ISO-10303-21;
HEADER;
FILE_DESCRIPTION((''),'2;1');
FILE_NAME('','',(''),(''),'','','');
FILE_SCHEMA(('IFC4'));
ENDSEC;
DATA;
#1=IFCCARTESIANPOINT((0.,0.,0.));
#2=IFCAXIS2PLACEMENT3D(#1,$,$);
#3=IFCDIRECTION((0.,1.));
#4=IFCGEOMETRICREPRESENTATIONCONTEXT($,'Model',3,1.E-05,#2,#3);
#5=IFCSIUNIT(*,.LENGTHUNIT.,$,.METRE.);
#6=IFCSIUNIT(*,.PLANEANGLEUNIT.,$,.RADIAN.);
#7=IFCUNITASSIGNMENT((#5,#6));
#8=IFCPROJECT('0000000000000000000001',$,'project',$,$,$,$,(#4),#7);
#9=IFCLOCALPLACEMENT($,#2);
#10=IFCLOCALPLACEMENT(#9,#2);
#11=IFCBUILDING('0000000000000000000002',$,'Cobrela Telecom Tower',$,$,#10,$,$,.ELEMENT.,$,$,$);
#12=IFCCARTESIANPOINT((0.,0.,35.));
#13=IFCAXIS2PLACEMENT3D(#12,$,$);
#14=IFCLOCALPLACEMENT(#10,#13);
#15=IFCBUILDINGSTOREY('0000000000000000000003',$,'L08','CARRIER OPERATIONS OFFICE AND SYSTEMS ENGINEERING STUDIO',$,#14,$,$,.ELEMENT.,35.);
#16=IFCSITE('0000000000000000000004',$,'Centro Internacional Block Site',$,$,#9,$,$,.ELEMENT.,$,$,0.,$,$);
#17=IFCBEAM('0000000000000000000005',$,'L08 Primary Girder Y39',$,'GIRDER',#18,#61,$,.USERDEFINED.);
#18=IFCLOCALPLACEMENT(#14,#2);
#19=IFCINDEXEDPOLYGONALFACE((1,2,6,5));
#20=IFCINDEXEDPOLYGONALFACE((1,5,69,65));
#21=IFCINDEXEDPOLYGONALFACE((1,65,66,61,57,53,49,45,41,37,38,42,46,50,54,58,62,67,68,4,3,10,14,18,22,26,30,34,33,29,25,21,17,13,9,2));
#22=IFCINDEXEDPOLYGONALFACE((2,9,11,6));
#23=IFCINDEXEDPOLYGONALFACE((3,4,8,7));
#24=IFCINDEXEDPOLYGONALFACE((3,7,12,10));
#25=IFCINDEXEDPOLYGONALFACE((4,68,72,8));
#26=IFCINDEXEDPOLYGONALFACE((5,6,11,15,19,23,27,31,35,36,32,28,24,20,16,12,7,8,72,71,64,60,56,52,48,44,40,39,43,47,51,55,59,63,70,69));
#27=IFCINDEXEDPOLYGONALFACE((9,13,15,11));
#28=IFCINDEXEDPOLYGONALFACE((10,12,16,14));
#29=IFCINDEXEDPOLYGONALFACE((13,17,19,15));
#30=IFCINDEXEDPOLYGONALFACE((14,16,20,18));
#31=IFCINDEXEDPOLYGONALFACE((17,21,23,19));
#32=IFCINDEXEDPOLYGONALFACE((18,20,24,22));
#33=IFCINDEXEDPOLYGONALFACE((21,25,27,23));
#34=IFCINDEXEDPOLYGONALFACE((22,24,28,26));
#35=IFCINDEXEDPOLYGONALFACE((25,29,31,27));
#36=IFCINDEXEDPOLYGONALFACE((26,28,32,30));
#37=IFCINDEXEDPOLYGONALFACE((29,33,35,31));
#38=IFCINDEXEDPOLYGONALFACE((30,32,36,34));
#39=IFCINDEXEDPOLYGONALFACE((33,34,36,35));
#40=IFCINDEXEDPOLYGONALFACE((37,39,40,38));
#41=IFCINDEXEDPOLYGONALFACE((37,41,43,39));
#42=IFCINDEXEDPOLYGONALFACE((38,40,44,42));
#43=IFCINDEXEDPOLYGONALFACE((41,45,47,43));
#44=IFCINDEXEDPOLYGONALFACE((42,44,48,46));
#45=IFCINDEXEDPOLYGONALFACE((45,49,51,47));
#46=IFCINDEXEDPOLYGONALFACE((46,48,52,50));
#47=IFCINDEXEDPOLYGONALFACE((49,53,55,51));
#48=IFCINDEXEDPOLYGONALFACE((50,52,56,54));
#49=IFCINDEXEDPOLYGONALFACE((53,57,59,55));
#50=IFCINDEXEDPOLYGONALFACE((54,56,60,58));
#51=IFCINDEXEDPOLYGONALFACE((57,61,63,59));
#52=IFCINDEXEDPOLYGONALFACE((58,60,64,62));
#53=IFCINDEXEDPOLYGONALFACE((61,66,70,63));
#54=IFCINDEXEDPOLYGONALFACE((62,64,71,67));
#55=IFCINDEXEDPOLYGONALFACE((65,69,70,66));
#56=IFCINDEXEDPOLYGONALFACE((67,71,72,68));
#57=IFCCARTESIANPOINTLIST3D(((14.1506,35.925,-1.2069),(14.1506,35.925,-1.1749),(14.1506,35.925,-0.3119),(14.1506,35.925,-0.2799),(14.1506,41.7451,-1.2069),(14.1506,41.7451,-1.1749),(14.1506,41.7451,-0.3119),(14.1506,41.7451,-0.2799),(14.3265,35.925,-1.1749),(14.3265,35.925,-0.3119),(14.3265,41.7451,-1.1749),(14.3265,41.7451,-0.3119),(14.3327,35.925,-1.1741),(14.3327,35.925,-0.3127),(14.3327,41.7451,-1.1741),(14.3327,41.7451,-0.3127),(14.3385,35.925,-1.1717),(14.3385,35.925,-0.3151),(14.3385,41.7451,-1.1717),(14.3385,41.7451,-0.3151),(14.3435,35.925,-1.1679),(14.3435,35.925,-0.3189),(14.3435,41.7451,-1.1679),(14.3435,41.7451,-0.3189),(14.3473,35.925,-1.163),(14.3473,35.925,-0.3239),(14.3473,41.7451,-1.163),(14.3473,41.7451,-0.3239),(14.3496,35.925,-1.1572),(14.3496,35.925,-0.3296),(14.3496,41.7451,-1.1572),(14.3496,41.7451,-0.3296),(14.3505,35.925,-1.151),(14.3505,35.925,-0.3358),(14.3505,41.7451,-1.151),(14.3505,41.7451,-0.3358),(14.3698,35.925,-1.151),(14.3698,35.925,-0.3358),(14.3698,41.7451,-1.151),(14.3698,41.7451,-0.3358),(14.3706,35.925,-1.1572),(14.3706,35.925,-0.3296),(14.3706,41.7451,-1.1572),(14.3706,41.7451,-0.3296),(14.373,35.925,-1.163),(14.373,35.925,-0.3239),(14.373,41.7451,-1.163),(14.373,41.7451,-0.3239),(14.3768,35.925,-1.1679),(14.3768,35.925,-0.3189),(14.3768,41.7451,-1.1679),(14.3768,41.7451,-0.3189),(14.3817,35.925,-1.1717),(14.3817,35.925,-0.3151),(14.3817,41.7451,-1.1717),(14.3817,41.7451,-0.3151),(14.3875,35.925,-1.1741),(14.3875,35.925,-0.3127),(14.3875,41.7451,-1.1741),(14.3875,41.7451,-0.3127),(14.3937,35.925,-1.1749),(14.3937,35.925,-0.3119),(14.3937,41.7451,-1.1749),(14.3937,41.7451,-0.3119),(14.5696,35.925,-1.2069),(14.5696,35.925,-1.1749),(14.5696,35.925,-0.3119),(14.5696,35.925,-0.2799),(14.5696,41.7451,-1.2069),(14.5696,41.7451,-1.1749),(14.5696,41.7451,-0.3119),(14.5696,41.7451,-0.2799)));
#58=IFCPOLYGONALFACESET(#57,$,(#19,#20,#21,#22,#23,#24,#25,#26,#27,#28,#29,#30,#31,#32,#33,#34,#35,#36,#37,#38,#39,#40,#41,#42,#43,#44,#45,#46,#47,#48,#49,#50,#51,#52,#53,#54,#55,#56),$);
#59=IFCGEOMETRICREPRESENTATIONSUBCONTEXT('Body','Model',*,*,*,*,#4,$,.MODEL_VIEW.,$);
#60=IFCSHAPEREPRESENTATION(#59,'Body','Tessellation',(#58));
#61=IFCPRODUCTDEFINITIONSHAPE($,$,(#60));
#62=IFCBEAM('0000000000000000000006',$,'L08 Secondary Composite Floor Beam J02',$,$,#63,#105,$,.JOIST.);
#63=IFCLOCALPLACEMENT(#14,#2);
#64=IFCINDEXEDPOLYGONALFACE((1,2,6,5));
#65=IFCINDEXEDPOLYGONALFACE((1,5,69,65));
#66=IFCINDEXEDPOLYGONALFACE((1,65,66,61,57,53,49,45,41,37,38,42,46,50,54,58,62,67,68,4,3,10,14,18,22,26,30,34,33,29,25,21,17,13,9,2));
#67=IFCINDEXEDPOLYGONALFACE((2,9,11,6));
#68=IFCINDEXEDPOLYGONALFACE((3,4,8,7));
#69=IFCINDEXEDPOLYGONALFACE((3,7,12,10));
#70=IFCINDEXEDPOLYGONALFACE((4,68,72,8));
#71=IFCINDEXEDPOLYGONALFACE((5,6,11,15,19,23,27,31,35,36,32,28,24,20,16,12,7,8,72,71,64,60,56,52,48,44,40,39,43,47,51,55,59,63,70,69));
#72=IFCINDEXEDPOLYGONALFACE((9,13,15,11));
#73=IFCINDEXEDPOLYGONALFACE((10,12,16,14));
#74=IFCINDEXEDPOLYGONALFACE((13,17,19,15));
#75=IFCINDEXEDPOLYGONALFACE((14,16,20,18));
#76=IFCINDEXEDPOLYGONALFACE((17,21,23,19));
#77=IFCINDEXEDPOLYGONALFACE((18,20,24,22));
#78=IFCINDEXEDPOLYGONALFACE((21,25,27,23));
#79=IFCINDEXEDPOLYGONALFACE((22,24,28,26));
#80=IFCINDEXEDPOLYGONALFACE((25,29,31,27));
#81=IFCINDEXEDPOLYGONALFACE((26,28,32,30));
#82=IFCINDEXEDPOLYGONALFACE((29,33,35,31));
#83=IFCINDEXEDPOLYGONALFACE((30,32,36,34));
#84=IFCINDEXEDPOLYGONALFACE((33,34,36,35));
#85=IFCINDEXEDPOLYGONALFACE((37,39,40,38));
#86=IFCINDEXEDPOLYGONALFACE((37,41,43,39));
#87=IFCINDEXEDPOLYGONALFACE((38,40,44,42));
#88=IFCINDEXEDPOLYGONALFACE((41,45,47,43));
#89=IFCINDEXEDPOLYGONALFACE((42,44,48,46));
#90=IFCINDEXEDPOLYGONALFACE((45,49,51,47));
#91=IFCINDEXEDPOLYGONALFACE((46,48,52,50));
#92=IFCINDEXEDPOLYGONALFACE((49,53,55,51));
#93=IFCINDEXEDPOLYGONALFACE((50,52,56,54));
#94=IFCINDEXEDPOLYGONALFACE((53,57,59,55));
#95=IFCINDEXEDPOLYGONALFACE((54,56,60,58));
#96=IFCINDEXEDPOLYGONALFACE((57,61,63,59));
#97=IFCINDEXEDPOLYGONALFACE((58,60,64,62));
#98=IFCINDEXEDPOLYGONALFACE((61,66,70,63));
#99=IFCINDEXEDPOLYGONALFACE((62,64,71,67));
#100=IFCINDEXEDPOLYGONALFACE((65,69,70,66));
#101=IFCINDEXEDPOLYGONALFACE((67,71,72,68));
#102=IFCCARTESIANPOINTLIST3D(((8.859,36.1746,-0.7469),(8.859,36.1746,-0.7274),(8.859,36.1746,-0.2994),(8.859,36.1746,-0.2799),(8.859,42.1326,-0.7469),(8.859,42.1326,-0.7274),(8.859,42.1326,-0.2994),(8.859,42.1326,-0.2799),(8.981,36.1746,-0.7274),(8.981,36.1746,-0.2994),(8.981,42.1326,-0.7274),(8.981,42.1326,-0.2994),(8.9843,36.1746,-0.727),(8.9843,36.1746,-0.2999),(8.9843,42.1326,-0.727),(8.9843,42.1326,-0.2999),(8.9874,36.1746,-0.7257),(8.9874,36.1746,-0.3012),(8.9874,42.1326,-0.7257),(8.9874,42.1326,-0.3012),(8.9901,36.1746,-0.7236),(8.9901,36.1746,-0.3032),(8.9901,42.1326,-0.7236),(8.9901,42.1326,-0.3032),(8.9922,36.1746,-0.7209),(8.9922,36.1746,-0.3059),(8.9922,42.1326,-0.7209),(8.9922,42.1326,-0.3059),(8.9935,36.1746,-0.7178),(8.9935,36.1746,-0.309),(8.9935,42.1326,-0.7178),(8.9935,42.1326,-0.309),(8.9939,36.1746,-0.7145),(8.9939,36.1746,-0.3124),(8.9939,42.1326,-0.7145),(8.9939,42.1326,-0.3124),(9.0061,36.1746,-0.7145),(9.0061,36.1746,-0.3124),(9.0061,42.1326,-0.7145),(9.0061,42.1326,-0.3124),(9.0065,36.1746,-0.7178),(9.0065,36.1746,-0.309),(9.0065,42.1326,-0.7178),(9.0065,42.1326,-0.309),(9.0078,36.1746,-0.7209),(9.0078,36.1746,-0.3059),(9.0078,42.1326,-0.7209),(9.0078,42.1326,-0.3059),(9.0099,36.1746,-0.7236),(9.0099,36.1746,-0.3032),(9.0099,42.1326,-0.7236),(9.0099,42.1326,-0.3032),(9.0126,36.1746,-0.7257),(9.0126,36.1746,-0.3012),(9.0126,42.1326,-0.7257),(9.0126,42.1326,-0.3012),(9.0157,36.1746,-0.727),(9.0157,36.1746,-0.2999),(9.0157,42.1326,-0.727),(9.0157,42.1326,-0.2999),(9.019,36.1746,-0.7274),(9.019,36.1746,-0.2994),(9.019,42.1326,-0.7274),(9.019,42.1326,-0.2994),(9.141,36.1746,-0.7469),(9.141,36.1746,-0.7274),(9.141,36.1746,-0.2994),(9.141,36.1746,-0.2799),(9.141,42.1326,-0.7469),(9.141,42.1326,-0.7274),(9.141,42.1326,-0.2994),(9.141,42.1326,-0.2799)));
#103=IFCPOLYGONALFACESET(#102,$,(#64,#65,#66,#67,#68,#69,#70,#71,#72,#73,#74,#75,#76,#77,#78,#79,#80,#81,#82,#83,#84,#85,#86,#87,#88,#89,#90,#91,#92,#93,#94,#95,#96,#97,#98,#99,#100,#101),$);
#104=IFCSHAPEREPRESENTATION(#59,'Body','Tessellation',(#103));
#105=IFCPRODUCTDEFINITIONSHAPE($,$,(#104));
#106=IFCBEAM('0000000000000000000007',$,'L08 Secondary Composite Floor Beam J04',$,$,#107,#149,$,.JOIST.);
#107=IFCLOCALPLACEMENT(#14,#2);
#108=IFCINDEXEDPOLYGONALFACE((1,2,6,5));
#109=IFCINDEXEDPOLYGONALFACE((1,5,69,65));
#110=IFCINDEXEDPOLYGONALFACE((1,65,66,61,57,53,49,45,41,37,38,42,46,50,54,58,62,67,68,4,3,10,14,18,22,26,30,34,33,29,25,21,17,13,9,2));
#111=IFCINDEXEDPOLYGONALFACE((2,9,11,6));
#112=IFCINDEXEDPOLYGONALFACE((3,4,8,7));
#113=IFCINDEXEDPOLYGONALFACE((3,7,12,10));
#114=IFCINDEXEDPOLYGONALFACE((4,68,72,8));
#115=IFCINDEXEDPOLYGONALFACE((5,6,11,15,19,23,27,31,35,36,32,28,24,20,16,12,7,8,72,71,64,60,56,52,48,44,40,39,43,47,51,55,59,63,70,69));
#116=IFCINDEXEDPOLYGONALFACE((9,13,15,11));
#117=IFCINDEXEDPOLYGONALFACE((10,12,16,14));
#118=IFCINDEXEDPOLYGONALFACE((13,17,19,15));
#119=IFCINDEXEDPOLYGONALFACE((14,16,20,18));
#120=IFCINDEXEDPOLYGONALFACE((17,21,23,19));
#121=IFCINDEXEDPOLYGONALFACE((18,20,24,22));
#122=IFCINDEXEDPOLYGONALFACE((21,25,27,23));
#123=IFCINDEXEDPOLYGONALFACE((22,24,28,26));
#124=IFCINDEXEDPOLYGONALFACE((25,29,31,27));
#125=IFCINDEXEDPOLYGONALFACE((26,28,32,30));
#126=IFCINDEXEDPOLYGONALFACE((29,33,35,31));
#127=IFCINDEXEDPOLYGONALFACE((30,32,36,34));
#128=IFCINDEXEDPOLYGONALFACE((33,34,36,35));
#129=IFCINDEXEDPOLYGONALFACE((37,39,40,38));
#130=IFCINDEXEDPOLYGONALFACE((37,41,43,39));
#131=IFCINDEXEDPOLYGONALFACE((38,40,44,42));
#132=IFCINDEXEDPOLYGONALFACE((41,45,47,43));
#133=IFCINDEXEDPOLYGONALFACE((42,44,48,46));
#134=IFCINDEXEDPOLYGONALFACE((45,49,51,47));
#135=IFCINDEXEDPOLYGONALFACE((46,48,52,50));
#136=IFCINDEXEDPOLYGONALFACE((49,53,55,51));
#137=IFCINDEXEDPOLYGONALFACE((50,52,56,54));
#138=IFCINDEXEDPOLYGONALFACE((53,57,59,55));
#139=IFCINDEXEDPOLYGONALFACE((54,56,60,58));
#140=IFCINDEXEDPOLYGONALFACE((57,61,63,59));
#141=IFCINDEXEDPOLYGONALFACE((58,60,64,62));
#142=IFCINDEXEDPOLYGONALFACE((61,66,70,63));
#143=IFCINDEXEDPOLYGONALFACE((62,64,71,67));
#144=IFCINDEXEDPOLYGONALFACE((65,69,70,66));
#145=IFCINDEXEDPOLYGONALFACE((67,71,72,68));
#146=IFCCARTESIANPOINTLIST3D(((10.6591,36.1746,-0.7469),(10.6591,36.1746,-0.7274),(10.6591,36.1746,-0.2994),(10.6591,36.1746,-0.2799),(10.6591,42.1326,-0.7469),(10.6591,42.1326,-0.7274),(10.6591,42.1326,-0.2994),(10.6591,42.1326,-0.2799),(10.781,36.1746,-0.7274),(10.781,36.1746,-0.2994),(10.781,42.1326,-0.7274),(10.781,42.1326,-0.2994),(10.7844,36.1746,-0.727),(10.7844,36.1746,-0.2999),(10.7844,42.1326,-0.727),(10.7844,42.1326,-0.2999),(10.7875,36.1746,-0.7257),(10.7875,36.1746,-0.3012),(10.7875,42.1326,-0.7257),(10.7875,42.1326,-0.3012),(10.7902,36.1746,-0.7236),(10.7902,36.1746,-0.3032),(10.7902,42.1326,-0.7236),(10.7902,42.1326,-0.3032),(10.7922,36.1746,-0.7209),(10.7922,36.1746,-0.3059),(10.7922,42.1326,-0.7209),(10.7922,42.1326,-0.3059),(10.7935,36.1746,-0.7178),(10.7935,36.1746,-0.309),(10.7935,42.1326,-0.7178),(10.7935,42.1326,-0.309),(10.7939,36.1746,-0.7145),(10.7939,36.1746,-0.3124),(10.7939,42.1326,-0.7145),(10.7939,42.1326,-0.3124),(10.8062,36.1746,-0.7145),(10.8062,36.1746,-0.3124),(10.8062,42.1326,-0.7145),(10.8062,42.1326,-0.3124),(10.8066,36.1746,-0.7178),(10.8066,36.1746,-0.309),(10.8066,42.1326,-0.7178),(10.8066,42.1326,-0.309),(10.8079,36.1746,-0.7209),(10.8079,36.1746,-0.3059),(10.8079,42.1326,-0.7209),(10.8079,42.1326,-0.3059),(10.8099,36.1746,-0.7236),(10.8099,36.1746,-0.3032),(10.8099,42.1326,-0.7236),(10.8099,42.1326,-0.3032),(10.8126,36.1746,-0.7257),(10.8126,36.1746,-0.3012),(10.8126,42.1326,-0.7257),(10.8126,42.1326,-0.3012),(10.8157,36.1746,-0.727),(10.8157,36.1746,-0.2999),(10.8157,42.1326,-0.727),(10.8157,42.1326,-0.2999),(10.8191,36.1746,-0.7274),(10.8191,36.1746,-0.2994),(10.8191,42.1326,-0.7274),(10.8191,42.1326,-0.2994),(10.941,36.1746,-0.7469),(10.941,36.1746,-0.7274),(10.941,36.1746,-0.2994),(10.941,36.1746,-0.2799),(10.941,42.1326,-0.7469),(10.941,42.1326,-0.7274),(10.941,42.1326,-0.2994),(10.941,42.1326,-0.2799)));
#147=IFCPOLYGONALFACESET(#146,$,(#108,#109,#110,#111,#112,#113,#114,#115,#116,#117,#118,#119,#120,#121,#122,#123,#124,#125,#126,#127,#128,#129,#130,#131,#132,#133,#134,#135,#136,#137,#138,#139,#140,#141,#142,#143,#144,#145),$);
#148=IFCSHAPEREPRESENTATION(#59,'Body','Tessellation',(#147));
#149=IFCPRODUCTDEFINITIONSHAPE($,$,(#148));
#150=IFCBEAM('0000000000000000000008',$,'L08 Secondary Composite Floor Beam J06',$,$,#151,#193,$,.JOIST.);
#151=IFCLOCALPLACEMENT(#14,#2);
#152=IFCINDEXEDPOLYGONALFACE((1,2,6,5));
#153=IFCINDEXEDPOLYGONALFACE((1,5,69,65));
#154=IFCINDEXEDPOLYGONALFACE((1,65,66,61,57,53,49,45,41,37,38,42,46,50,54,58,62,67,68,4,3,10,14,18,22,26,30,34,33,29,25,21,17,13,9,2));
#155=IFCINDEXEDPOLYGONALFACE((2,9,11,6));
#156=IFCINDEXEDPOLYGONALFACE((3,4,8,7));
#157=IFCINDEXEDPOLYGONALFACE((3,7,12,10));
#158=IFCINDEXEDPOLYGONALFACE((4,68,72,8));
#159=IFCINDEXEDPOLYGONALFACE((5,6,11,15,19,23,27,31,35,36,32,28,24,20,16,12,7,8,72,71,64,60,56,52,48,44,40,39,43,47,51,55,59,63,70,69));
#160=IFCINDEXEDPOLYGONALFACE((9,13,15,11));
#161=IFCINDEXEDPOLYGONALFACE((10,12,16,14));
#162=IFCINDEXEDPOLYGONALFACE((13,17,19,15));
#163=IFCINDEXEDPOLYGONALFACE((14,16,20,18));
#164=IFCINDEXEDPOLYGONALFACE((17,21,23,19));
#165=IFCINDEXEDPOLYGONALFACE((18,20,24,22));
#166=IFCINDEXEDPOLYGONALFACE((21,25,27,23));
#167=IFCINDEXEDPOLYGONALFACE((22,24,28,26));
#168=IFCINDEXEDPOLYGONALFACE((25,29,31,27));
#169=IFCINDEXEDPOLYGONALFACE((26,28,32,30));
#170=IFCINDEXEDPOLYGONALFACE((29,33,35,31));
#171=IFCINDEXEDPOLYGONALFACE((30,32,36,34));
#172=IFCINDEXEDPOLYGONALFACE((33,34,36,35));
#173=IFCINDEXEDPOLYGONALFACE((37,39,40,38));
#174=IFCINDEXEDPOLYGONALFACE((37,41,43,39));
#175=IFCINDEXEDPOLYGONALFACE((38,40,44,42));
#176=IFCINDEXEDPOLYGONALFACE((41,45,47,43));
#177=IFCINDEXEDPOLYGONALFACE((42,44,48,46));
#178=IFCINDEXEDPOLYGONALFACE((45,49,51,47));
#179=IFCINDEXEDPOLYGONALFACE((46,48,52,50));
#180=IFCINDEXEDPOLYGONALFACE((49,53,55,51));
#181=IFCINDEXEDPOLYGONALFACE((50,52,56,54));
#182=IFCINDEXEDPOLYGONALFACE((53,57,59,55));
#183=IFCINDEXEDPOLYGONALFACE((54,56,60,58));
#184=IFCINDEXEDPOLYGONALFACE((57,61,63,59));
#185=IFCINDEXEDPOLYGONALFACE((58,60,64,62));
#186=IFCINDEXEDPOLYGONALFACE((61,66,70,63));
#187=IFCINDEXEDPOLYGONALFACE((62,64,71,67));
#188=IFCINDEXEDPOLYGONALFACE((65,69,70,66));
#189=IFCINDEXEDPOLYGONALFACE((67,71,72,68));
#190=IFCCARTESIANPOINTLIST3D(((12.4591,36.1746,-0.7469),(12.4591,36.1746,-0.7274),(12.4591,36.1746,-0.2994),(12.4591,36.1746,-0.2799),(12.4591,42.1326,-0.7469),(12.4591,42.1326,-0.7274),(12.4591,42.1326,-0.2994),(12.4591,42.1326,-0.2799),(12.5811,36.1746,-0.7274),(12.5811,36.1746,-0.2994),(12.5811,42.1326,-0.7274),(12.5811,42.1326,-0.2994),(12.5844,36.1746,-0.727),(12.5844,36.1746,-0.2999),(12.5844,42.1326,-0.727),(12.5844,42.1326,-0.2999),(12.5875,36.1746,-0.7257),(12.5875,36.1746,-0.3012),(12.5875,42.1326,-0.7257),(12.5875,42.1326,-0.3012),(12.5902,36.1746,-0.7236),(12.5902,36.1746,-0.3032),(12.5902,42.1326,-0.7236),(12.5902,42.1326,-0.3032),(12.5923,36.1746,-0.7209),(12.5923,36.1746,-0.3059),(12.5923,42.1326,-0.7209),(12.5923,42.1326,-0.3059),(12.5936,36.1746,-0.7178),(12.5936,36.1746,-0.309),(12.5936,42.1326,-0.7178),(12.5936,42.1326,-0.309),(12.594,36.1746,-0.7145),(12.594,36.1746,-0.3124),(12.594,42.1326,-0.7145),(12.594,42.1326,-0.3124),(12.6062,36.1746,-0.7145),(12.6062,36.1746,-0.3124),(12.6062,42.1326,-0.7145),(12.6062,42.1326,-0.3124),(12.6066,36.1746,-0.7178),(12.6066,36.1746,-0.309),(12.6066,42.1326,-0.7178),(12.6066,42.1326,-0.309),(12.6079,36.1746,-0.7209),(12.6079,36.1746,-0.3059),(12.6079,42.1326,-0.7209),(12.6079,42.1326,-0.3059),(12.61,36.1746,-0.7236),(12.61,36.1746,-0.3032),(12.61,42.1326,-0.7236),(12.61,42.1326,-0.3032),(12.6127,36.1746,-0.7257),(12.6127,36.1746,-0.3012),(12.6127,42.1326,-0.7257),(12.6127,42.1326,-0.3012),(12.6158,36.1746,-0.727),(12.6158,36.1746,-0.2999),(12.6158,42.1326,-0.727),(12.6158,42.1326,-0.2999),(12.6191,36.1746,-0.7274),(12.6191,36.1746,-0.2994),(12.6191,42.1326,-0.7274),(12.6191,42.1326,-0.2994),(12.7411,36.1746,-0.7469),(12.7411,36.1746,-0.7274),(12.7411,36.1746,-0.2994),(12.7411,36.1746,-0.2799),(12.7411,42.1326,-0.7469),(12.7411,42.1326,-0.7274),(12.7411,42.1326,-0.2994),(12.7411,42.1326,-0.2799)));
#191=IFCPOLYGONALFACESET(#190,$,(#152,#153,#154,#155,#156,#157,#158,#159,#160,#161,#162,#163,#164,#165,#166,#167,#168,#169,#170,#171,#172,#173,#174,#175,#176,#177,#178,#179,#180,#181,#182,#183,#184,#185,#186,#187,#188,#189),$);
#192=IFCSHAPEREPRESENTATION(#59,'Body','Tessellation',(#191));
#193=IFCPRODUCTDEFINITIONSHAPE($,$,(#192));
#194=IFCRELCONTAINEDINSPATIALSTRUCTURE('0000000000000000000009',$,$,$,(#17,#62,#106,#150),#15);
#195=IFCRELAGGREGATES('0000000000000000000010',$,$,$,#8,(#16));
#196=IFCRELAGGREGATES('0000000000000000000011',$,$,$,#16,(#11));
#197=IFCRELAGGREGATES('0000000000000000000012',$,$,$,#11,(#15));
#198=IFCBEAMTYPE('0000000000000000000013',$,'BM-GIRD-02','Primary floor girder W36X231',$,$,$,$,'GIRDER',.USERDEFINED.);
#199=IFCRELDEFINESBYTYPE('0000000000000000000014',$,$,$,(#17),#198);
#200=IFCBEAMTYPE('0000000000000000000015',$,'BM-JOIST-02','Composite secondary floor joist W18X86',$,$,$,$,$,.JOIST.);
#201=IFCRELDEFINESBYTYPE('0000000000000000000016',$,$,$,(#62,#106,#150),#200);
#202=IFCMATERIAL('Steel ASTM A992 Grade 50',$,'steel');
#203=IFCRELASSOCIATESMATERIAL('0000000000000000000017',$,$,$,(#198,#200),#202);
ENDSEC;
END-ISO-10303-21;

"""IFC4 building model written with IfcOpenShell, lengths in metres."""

from ifc_helpers import new_model, si_unit, direction, frame, origin, origin_2d, place, context, subcontext, project, spatial, i_section, extrude, material, material_profile, profile_set, type_object, element, save


model = new_model("IFC4")

# Units and contexts
model_context = context("Model", 3, precision=1e-05, world=origin(), true_north=direction((0.0, 1.0)))
body_context = subcontext(model_context, "Body", "Model", "MODEL_VIEW")
ifc_project = project(units=[si_unit("LENGTHUNIT", "METRE"), si_unit("PLANEANGLEUNIT", "RADIAN")], contexts=[model_context])

# Site, building, storey
site_placement = place(None, origin())
site = spatial("IfcSite", under=ifc_project, at=site_placement, Name="Centro Internacional Block Site", CompositionType="ELEMENT", RefElevation=0.0)
building_placement = place(site_placement, origin())
building = spatial("IfcBuilding", under=site, at=building_placement, Name="Cobrela Telecom Tower", CompositionType="ELEMENT")
storey_placement = place(building_placement, frame((0.0, 0.0, 35.0)))
storey = spatial("IfcBuildingStorey", under=building, at=storey_placement, Name="L08", Description="CARRIER OPERATIONS OFFICE AND SYSTEMS ENGINEERING STUDIO", CompositionType="ELEMENT", Elevation=35.0)

# Beams
ifc_material_1 = material(Name="Steel ASTM A992 Grade 50", Category="steel")
ifc_material_profile_1 = material_profile(ifc_material_1, i_section(OverallWidth=0.4189, OverallDepth=0.927, WebThickness=0.0193, FlangeThickness=0.032, FilletRadius=0.0239, at=origin_2d()), Name="W36X231")
ifc_profile_set_1 = profile_set([ifc_material_profile_1], Name="Steel ASTM A992 Grade 50")
beam_type_1 = type_object("IfcBeamType", Name="BM-GIRD-02", Description="Primary floor girder W36X231", ElementType="GIRDER", PredefinedType="USERDEFINED", material=ifc_profile_set_1)
for number, where, z_axis, x_axis, name in (
    (1, (14.3601, 35.925, -0.7434), (0.0, 1.0, 0.0), (-1.0, 0.0, 0.0), "L08 Primary Girder Y39"),
):
    element("IfcBeam", number, at=place(storey_placement, frame(where, z_axis=z_axis, x_axis=x_axis)), inside=storey, type_object=beam_type_1, Name=name, ObjectType="GIRDER", PredefinedType="USERDEFINED", context=body_context, shape_type="SweptSolid", body=[
        extrude(i_section(OverallWidth=0.4189, OverallDepth=0.927, WebThickness=0.0193, FlangeThickness=0.032, FilletRadius=0.0239, at=origin_2d()), origin(), (0.0, 0.0, 1.0), 5.8201),
    ])
ifc_material_profile_2 = material_profile(ifc_material_1, i_section(OverallWidth=0.282, OverallDepth=0.467, WebThickness=0.0122, FlangeThickness=0.0195, FilletRadius=0.0129, at=origin_2d()), Name="W18X86")
ifc_profile_set_2 = profile_set([ifc_material_profile_2], Name="Steel ASTM A992 Grade 50")
beam_type_2 = type_object("IfcBeamType", Name="BM-JOIST-02", Description="Composite secondary floor joist W18X86", PredefinedType="JOIST", material=ifc_profile_set_2)
for number, where, z_axis, x_axis, name in (
    (2, (9.0, 36.1746, -0.5134), (0.0, 1.0, 0.0), (-1.0, 0.0, 0.0), "L08 Secondary Composite Floor Beam J02"),
    (3, (10.8, 36.1746, -0.5134), (0.0, 1.0, 0.0), (-1.0, 0.0, 0.0), "L08 Secondary Composite Floor Beam J04"),
    (4, (12.6001, 36.1746, -0.5134), (0.0, 1.0, 0.0), (-1.0, 0.0, 0.0), "L08 Secondary Composite Floor Beam J06"),
):
    element("IfcBeam", number, at=place(storey_placement, frame(where, z_axis=z_axis, x_axis=x_axis)), inside=storey, type_object=beam_type_2, Name=name, PredefinedType="JOIST", context=body_context, shape_type="SweptSolid", body=[
        extrude(i_section(OverallWidth=0.282, OverallDepth=0.467, WebThickness=0.0122, FlangeThickness=0.0195, FilletRadius=0.0129, at=origin_2d()), origin(), (0.0, 0.0, 1.0), 5.958),
    ])

save(model, "model.ifc")
